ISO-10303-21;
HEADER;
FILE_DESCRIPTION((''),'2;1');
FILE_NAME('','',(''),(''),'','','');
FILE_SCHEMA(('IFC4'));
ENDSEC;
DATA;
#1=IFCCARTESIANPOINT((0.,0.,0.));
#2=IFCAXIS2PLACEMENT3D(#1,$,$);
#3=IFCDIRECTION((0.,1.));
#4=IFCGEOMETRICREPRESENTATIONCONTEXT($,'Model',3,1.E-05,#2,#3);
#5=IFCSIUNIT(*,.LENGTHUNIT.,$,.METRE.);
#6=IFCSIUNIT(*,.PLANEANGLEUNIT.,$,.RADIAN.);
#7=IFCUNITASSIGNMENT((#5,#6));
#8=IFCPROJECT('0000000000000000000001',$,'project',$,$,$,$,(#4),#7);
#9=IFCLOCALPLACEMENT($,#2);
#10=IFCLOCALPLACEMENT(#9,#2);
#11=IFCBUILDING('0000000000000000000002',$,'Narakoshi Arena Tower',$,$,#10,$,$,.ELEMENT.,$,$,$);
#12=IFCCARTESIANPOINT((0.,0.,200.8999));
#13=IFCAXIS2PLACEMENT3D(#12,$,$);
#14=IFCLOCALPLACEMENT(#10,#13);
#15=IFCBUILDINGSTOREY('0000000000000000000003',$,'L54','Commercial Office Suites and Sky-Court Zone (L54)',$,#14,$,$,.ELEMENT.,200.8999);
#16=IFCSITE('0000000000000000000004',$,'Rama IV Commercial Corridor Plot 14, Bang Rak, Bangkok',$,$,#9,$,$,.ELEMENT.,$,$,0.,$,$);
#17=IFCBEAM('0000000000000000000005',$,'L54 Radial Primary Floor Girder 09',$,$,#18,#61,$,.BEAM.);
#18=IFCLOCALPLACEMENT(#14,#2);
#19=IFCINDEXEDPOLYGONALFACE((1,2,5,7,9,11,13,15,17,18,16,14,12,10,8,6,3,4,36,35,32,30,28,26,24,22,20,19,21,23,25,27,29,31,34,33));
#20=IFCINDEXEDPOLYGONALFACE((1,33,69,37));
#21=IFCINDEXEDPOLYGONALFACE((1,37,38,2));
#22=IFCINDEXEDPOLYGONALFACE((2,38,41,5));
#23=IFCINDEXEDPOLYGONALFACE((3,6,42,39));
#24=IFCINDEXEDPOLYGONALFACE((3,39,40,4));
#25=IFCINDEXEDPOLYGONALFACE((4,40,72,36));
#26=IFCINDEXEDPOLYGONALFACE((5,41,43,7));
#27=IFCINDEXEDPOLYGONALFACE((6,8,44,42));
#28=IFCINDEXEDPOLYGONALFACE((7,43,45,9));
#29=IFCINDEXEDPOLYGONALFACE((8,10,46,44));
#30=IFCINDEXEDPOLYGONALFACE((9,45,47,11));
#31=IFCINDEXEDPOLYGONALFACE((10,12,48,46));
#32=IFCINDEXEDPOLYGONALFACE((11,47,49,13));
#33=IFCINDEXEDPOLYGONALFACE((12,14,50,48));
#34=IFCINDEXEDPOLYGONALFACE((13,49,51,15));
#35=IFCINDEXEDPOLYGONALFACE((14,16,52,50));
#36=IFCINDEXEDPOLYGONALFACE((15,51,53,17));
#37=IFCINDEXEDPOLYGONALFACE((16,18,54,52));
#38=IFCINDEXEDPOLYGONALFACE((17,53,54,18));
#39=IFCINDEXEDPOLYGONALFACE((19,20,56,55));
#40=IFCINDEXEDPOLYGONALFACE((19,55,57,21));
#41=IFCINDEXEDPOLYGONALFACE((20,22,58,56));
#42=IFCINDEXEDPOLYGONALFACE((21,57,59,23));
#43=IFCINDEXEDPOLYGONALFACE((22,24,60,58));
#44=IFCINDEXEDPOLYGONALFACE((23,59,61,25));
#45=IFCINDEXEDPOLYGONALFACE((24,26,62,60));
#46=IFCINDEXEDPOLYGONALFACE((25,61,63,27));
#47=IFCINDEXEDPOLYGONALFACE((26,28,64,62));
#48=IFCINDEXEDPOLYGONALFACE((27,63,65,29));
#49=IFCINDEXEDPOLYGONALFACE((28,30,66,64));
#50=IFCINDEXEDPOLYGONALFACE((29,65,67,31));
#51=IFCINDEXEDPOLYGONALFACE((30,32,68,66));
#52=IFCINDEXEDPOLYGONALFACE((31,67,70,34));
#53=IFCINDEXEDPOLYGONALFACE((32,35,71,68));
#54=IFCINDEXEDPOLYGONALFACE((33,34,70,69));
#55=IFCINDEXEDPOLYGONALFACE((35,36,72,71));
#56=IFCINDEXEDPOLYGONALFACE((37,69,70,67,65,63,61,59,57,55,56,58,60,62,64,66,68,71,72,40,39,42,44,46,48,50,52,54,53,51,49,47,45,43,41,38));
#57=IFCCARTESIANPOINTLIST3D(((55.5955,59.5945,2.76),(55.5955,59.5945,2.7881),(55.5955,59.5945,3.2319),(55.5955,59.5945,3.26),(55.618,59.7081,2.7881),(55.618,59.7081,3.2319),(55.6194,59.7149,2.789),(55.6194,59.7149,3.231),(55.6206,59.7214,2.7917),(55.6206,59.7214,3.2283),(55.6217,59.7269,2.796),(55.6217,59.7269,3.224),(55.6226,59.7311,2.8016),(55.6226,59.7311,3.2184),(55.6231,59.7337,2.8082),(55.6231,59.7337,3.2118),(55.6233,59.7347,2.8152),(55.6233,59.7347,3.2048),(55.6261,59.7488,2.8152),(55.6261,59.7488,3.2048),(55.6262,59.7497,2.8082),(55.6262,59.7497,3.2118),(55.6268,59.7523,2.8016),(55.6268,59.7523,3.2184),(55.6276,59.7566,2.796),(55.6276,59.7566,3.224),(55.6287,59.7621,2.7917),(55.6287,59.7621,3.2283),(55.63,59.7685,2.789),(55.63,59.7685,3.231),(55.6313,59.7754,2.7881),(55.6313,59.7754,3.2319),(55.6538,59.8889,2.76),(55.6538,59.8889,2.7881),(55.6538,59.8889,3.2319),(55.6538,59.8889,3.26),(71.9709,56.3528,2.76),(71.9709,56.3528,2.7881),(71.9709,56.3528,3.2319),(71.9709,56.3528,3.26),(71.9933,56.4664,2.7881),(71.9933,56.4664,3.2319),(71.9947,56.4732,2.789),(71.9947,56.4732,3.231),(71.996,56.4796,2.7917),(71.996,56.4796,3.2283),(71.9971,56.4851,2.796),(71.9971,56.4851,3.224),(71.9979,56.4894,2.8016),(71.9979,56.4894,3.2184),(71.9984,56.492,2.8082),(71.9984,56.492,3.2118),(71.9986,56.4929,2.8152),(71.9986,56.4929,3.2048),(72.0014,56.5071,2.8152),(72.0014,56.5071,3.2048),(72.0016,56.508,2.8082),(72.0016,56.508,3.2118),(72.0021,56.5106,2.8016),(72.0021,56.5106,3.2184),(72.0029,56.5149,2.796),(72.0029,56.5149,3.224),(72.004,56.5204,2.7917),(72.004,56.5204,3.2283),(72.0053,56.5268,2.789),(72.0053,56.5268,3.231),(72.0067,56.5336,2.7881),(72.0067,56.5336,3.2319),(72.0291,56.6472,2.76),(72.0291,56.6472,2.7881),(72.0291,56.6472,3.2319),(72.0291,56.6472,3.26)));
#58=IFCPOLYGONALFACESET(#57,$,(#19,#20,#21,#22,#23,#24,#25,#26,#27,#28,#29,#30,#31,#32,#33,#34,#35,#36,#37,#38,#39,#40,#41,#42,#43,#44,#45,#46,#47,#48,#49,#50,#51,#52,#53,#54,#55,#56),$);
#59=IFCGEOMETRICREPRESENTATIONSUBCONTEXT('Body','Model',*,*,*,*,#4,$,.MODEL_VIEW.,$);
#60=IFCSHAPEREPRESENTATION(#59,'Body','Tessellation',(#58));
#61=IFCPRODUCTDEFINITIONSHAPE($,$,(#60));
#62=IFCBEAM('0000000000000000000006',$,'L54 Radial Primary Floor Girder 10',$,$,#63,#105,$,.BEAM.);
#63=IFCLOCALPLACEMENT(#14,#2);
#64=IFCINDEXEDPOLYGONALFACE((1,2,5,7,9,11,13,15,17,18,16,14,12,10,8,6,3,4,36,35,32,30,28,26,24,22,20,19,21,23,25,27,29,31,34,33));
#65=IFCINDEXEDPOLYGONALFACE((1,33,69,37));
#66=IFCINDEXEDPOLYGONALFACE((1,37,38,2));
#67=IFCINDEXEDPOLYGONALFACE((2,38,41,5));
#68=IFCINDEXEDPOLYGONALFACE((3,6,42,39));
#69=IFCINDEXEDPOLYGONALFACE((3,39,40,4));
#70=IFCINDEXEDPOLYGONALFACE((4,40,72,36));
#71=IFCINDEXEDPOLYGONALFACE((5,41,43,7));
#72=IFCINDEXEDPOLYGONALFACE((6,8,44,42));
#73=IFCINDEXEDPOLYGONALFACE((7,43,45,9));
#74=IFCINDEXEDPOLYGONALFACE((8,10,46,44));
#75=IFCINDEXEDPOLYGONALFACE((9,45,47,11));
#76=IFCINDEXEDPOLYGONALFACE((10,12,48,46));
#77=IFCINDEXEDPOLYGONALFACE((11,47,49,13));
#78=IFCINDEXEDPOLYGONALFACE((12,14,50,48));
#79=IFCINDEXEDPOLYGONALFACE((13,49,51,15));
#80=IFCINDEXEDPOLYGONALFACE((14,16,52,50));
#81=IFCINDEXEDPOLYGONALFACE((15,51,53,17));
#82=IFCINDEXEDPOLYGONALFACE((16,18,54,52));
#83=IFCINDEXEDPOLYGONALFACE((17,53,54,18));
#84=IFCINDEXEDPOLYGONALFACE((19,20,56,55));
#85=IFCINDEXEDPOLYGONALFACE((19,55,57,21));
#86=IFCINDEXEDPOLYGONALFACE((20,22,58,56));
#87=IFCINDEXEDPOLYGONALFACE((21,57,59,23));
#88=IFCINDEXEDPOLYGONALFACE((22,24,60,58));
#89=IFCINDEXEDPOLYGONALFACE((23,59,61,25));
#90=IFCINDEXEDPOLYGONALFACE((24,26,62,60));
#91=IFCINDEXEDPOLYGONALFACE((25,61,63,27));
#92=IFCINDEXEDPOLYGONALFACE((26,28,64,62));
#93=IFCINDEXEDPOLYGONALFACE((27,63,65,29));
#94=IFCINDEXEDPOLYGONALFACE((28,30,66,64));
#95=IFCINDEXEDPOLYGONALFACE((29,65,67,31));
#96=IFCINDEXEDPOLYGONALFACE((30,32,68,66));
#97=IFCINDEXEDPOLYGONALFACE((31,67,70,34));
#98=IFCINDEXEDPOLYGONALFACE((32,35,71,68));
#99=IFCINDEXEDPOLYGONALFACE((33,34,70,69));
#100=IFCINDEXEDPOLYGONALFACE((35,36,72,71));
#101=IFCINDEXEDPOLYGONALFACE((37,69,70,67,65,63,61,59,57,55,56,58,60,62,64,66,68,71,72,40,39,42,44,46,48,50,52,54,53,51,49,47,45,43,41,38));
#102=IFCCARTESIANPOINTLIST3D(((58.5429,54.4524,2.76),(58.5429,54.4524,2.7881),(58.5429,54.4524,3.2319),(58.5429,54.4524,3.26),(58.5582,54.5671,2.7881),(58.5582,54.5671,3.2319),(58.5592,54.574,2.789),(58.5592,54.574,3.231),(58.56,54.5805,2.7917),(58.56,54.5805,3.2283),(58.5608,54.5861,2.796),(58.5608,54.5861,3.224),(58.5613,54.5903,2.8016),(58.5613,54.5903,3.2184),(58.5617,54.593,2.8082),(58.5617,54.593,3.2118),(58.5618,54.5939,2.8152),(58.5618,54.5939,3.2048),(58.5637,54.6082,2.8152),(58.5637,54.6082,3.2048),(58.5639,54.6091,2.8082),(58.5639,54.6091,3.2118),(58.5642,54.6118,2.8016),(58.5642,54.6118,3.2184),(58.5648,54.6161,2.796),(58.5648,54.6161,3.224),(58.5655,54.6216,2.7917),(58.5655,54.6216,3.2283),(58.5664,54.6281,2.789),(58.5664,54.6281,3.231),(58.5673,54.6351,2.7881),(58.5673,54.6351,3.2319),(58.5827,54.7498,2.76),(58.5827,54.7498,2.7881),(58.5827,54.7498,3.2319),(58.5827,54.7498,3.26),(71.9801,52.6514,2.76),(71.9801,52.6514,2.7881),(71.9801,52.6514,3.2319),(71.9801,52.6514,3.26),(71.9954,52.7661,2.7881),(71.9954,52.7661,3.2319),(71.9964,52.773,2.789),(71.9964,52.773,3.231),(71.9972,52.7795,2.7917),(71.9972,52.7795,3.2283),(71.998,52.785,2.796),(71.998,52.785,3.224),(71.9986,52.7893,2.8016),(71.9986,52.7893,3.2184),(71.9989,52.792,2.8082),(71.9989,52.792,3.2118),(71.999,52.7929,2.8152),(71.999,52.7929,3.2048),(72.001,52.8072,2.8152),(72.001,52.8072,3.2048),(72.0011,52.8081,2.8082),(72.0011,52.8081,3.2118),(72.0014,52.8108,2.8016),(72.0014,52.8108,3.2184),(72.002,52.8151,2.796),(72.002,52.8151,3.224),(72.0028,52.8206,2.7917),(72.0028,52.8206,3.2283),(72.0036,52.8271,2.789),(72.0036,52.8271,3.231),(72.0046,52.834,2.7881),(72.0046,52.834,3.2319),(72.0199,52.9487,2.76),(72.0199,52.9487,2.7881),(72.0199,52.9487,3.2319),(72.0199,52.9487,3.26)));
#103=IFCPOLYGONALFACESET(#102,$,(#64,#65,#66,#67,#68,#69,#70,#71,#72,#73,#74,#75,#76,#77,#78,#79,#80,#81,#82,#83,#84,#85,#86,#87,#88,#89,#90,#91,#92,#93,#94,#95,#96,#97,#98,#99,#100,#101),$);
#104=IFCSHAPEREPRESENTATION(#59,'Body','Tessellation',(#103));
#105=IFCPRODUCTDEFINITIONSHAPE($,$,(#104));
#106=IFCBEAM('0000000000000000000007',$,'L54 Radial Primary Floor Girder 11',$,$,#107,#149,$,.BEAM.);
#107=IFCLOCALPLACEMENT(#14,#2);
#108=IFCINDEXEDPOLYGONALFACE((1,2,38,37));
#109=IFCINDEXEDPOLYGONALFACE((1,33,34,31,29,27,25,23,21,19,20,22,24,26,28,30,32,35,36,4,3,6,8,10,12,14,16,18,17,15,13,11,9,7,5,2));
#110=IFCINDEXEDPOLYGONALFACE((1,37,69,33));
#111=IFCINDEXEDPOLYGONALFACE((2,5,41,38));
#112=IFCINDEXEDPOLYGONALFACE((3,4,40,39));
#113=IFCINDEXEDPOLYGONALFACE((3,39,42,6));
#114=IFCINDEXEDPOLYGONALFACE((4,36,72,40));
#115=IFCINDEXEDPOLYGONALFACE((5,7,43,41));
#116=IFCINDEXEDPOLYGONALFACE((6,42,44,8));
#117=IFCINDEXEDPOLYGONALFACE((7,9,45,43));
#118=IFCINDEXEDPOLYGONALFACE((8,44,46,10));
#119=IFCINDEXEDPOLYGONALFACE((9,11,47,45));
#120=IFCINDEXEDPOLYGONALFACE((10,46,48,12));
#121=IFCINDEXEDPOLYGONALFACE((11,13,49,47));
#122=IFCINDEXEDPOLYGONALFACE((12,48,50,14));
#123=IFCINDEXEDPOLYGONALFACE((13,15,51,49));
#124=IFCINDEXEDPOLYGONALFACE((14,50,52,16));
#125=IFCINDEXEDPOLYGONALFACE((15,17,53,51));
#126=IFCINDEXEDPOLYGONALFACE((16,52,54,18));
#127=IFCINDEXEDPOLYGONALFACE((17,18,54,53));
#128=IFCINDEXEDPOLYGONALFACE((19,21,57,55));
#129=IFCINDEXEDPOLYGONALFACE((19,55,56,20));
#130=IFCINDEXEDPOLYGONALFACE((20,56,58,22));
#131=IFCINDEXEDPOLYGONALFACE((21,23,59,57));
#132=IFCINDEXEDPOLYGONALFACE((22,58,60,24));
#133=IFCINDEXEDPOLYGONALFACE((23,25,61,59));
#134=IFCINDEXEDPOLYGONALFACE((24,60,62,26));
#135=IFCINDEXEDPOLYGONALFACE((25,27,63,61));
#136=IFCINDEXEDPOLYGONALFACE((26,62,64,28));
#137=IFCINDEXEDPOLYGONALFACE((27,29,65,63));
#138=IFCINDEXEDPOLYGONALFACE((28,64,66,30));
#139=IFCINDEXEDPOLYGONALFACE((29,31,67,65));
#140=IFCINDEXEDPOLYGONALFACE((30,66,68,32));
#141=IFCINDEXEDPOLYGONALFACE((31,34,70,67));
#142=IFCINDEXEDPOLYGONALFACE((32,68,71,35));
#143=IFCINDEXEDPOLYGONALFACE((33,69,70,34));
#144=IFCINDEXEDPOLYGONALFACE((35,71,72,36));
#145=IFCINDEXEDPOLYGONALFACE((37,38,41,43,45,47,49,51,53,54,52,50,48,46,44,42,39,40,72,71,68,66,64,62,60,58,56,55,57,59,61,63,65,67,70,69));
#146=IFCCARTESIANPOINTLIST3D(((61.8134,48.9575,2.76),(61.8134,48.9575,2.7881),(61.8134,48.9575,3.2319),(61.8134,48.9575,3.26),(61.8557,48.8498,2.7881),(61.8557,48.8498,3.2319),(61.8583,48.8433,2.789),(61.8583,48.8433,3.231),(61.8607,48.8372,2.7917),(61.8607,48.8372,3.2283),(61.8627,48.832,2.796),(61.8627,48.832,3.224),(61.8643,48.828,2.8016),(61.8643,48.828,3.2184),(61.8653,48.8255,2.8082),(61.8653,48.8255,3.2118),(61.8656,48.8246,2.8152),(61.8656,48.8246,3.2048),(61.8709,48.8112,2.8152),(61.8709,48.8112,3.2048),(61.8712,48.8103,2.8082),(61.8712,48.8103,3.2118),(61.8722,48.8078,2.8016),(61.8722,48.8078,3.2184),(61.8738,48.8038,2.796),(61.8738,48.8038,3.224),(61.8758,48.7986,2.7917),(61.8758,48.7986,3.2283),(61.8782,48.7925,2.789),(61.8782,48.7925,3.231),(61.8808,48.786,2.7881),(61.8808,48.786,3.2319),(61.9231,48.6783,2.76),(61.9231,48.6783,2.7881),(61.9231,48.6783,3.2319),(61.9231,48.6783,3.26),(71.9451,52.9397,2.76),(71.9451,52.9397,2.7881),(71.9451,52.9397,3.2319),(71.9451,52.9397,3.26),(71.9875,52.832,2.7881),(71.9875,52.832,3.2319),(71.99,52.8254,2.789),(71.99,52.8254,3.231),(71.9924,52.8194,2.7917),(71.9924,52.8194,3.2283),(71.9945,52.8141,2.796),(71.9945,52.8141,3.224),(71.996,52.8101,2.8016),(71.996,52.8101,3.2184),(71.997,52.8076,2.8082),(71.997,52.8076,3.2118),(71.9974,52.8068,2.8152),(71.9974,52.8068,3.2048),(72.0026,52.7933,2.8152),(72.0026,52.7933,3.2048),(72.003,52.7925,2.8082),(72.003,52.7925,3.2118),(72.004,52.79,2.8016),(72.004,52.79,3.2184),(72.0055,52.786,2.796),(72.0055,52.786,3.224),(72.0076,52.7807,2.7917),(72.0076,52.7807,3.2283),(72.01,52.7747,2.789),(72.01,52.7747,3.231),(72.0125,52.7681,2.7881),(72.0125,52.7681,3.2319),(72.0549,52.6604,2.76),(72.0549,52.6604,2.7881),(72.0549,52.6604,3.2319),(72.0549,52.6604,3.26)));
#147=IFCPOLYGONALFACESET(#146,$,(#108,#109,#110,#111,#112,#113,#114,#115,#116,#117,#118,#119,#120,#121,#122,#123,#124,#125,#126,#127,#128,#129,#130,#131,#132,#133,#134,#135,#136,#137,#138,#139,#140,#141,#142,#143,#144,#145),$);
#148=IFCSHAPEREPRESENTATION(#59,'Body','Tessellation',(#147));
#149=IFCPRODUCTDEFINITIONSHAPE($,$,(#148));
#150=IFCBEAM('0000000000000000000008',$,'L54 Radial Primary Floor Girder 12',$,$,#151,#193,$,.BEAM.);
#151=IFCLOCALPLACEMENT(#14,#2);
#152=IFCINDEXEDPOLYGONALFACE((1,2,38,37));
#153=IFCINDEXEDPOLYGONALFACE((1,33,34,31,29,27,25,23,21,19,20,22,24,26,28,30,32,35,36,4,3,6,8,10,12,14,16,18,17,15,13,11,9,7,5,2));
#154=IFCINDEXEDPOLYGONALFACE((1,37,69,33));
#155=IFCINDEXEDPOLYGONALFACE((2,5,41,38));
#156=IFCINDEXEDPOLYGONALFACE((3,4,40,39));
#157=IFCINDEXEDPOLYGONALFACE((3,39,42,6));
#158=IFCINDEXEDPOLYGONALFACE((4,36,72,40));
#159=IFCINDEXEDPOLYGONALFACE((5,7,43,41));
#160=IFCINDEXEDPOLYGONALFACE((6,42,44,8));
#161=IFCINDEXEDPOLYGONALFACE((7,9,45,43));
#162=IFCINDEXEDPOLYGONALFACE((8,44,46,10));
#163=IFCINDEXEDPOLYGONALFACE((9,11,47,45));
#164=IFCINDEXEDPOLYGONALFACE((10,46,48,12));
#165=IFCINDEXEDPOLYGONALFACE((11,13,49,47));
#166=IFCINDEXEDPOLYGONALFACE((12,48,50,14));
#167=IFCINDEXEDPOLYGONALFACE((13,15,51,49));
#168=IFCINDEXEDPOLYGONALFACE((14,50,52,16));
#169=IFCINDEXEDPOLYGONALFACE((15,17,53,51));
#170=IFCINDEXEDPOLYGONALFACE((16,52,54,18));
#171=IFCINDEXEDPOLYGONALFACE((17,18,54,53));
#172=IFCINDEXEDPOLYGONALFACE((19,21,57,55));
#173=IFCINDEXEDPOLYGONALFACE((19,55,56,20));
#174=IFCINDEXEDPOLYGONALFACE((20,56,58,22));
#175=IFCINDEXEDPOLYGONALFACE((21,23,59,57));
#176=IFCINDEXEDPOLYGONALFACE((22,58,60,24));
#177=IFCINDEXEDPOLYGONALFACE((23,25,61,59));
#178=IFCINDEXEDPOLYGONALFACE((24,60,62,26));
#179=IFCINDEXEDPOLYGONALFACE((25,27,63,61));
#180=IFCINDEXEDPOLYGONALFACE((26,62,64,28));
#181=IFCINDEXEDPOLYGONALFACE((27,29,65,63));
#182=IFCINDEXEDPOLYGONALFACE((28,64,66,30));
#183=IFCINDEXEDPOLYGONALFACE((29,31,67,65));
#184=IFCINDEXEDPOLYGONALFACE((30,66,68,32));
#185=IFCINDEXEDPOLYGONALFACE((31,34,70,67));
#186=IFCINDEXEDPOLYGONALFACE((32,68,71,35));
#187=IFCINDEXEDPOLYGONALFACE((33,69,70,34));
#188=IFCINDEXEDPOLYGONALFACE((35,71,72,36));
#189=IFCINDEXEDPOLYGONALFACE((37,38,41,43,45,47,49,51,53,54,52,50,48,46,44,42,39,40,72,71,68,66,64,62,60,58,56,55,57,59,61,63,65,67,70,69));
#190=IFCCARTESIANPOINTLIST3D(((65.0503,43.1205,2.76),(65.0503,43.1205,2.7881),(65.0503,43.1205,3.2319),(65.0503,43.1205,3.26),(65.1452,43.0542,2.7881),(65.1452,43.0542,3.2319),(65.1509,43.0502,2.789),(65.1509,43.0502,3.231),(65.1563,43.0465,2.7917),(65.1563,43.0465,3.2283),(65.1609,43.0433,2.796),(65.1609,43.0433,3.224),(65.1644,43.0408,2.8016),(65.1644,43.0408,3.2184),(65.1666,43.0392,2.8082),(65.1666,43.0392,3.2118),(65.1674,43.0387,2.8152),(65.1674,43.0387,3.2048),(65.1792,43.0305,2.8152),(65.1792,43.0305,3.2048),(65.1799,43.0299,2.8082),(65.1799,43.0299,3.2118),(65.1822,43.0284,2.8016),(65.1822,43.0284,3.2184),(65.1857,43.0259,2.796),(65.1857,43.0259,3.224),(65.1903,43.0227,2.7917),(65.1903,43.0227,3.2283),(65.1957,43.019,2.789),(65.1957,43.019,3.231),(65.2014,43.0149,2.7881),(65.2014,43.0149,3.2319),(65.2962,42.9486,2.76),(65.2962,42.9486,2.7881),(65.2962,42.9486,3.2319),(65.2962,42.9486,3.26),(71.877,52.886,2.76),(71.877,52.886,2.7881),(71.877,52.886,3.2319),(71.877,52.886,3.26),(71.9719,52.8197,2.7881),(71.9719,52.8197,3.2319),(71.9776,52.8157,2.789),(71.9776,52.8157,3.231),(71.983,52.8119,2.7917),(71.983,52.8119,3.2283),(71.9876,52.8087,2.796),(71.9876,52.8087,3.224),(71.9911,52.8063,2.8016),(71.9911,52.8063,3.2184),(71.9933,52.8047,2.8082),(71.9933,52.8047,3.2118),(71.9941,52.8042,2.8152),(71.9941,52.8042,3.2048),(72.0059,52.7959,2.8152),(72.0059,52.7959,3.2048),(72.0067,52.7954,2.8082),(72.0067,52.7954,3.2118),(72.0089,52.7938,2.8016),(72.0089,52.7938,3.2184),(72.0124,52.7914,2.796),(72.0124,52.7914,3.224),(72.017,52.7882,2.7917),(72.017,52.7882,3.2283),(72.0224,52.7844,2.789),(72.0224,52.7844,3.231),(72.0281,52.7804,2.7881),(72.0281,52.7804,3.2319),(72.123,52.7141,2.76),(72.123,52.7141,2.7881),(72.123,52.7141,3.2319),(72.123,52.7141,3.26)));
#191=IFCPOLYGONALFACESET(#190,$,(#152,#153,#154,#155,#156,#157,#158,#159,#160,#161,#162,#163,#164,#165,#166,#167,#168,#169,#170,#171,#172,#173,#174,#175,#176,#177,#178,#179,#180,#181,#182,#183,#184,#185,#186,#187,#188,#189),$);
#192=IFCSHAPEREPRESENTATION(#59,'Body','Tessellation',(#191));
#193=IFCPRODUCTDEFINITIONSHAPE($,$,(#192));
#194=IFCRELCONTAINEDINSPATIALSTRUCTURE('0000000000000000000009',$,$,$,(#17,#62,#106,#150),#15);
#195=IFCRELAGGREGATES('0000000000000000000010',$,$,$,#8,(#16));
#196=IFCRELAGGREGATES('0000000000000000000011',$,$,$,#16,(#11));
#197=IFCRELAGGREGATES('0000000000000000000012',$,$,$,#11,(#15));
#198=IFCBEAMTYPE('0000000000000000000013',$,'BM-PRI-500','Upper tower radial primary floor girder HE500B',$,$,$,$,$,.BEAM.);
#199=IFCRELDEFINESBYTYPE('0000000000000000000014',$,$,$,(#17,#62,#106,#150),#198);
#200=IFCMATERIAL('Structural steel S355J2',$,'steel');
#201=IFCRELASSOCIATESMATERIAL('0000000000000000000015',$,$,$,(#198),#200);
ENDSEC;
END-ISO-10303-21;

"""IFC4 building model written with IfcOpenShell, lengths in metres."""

from ifc_helpers import new_model, si_unit, direction, frame, origin, origin_2d, place, context, subcontext, project, spatial, i_section, extrude, material, material_profile, profile_set, type_object, element, save


model = new_model("IFC4")

# Units and contexts
model_context = context("Model", 3, precision=1e-05, world=origin(), true_north=direction((0.0, 1.0)))
body_context = subcontext(model_context, "Body", "Model", "MODEL_VIEW")
ifc_project = project(units=[si_unit("LENGTHUNIT", "METRE"), si_unit("PLANEANGLEUNIT", "RADIAN")], contexts=[model_context])

# Site, building, storey
site_placement = place(None, origin())
site = spatial("IfcSite", under=ifc_project, at=site_placement, Name="Rama IV Commercial Corridor Plot 14, Bang Rak, Bangkok", CompositionType="ELEMENT", RefElevation=0.0)
building_placement = place(site_placement, origin())
building = spatial("IfcBuilding", under=site, at=building_placement, Name="Narakoshi Arena Tower", CompositionType="ELEMENT")
storey_placement = place(building_placement, frame((0.0, 0.0, 200.8999)))
storey = spatial("IfcBuildingStorey", under=building, at=storey_placement, Name="L54", Description="Commercial Office Suites and Sky-Court Zone (L54)", CompositionType="ELEMENT", Elevation=200.8999)

# Beams
ifc_material_1 = material(Name="Structural steel S355J2", Category="steel")
ifc_material_profile_1 = material_profile(ifc_material_1, i_section(OverallWidth=0.3, OverallDepth=0.5, WebThickness=0.0144, FlangeThickness=0.0281, FilletRadius=0.0271, at=origin_2d()), Name="HE500B")
ifc_profile_set_1 = profile_set([ifc_material_profile_1], Name="Structural steel S355J2")
beam_type = type_object("IfcBeamType", Name="BM-PRI-500", Description="Upper tower radial primary floor girder HE500B", PredefinedType="BEAM", material=ifc_profile_set_1)
beam_1_placement = place(storey_placement, frame((72.0, 56.5, 3.01), z_axis=(-0.980963, 0.194195, 0.0), x_axis=(-0.194195, -0.980963, 0.0)))
element("IfcBeam", 1, at=beam_1_placement, inside=storey, type_object=beam_type, Name="L54 Radial Primary Floor Girder 09", PredefinedType="BEAM", context=body_context, shape_type="SweptSolid", body=[
    extrude(i_section(OverallWidth=0.3, OverallDepth=0.5, WebThickness=0.0144, FlangeThickness=0.0281, FilletRadius=0.0271, at=origin_2d()), origin(), (0.0, 0.0, 1.0), 16.6931),
])
beam_2_placement = place(storey_placement, frame((72.0, 52.8, 3.01), z_axis=(-0.991137, 0.132844, 0.0), x_axis=(-0.132844, -0.991137, 0.0)))
element("IfcBeam", 2, at=beam_2_placement, inside=storey, type_object=beam_type, Name="L54 Radial Primary Floor Girder 10", PredefinedType="BEAM", context=body_context, shape_type="SweptSolid", body=[
    extrude(i_section(OverallWidth=0.3, OverallDepth=0.5, WebThickness=0.0144, FlangeThickness=0.0281, FilletRadius=0.0271, at=origin_2d()), origin(), (0.0, 0.0, 1.0), 13.5574),
])
beam_3_placement = place(storey_placement, frame((72.0, 52.8, 3.01), z_axis=(-0.930695, -0.365797, 0.0), x_axis=(0.365797, -0.930695, 0.0)))
element("IfcBeam", 3, at=beam_3_placement, inside=storey, type_object=beam_type, Name="L54 Radial Primary Floor Girder 11", PredefinedType="BEAM", context=body_context, shape_type="SweptSolid", body=[
    extrude(i_section(OverallWidth=0.3, OverallDepth=0.5, WebThickness=0.0144, FlangeThickness=0.0281, FilletRadius=0.0271, at=origin_2d()), origin(), (0.0, 0.0, 1.0), 10.8862),
])
beam_4_placement = place(storey_placement, frame((72.0, 52.8, 3.01), z_axis=(-0.572949, -0.819591, 0.0), x_axis=(0.819591, -0.572949, 0.0)))
element("IfcBeam", 4, at=beam_4_placement, inside=storey, type_object=beam_type, Name="L54 Radial Primary Floor Girder 12", PredefinedType="BEAM", context=body_context, shape_type="SweptSolid", body=[
    extrude(i_section(OverallWidth=0.3, OverallDepth=0.5, WebThickness=0.0144, FlangeThickness=0.0281, FilletRadius=0.0271, at=origin_2d()), origin(), (0.0, 0.0, 1.0), 11.915),
])

save(model, "model.ifc")
